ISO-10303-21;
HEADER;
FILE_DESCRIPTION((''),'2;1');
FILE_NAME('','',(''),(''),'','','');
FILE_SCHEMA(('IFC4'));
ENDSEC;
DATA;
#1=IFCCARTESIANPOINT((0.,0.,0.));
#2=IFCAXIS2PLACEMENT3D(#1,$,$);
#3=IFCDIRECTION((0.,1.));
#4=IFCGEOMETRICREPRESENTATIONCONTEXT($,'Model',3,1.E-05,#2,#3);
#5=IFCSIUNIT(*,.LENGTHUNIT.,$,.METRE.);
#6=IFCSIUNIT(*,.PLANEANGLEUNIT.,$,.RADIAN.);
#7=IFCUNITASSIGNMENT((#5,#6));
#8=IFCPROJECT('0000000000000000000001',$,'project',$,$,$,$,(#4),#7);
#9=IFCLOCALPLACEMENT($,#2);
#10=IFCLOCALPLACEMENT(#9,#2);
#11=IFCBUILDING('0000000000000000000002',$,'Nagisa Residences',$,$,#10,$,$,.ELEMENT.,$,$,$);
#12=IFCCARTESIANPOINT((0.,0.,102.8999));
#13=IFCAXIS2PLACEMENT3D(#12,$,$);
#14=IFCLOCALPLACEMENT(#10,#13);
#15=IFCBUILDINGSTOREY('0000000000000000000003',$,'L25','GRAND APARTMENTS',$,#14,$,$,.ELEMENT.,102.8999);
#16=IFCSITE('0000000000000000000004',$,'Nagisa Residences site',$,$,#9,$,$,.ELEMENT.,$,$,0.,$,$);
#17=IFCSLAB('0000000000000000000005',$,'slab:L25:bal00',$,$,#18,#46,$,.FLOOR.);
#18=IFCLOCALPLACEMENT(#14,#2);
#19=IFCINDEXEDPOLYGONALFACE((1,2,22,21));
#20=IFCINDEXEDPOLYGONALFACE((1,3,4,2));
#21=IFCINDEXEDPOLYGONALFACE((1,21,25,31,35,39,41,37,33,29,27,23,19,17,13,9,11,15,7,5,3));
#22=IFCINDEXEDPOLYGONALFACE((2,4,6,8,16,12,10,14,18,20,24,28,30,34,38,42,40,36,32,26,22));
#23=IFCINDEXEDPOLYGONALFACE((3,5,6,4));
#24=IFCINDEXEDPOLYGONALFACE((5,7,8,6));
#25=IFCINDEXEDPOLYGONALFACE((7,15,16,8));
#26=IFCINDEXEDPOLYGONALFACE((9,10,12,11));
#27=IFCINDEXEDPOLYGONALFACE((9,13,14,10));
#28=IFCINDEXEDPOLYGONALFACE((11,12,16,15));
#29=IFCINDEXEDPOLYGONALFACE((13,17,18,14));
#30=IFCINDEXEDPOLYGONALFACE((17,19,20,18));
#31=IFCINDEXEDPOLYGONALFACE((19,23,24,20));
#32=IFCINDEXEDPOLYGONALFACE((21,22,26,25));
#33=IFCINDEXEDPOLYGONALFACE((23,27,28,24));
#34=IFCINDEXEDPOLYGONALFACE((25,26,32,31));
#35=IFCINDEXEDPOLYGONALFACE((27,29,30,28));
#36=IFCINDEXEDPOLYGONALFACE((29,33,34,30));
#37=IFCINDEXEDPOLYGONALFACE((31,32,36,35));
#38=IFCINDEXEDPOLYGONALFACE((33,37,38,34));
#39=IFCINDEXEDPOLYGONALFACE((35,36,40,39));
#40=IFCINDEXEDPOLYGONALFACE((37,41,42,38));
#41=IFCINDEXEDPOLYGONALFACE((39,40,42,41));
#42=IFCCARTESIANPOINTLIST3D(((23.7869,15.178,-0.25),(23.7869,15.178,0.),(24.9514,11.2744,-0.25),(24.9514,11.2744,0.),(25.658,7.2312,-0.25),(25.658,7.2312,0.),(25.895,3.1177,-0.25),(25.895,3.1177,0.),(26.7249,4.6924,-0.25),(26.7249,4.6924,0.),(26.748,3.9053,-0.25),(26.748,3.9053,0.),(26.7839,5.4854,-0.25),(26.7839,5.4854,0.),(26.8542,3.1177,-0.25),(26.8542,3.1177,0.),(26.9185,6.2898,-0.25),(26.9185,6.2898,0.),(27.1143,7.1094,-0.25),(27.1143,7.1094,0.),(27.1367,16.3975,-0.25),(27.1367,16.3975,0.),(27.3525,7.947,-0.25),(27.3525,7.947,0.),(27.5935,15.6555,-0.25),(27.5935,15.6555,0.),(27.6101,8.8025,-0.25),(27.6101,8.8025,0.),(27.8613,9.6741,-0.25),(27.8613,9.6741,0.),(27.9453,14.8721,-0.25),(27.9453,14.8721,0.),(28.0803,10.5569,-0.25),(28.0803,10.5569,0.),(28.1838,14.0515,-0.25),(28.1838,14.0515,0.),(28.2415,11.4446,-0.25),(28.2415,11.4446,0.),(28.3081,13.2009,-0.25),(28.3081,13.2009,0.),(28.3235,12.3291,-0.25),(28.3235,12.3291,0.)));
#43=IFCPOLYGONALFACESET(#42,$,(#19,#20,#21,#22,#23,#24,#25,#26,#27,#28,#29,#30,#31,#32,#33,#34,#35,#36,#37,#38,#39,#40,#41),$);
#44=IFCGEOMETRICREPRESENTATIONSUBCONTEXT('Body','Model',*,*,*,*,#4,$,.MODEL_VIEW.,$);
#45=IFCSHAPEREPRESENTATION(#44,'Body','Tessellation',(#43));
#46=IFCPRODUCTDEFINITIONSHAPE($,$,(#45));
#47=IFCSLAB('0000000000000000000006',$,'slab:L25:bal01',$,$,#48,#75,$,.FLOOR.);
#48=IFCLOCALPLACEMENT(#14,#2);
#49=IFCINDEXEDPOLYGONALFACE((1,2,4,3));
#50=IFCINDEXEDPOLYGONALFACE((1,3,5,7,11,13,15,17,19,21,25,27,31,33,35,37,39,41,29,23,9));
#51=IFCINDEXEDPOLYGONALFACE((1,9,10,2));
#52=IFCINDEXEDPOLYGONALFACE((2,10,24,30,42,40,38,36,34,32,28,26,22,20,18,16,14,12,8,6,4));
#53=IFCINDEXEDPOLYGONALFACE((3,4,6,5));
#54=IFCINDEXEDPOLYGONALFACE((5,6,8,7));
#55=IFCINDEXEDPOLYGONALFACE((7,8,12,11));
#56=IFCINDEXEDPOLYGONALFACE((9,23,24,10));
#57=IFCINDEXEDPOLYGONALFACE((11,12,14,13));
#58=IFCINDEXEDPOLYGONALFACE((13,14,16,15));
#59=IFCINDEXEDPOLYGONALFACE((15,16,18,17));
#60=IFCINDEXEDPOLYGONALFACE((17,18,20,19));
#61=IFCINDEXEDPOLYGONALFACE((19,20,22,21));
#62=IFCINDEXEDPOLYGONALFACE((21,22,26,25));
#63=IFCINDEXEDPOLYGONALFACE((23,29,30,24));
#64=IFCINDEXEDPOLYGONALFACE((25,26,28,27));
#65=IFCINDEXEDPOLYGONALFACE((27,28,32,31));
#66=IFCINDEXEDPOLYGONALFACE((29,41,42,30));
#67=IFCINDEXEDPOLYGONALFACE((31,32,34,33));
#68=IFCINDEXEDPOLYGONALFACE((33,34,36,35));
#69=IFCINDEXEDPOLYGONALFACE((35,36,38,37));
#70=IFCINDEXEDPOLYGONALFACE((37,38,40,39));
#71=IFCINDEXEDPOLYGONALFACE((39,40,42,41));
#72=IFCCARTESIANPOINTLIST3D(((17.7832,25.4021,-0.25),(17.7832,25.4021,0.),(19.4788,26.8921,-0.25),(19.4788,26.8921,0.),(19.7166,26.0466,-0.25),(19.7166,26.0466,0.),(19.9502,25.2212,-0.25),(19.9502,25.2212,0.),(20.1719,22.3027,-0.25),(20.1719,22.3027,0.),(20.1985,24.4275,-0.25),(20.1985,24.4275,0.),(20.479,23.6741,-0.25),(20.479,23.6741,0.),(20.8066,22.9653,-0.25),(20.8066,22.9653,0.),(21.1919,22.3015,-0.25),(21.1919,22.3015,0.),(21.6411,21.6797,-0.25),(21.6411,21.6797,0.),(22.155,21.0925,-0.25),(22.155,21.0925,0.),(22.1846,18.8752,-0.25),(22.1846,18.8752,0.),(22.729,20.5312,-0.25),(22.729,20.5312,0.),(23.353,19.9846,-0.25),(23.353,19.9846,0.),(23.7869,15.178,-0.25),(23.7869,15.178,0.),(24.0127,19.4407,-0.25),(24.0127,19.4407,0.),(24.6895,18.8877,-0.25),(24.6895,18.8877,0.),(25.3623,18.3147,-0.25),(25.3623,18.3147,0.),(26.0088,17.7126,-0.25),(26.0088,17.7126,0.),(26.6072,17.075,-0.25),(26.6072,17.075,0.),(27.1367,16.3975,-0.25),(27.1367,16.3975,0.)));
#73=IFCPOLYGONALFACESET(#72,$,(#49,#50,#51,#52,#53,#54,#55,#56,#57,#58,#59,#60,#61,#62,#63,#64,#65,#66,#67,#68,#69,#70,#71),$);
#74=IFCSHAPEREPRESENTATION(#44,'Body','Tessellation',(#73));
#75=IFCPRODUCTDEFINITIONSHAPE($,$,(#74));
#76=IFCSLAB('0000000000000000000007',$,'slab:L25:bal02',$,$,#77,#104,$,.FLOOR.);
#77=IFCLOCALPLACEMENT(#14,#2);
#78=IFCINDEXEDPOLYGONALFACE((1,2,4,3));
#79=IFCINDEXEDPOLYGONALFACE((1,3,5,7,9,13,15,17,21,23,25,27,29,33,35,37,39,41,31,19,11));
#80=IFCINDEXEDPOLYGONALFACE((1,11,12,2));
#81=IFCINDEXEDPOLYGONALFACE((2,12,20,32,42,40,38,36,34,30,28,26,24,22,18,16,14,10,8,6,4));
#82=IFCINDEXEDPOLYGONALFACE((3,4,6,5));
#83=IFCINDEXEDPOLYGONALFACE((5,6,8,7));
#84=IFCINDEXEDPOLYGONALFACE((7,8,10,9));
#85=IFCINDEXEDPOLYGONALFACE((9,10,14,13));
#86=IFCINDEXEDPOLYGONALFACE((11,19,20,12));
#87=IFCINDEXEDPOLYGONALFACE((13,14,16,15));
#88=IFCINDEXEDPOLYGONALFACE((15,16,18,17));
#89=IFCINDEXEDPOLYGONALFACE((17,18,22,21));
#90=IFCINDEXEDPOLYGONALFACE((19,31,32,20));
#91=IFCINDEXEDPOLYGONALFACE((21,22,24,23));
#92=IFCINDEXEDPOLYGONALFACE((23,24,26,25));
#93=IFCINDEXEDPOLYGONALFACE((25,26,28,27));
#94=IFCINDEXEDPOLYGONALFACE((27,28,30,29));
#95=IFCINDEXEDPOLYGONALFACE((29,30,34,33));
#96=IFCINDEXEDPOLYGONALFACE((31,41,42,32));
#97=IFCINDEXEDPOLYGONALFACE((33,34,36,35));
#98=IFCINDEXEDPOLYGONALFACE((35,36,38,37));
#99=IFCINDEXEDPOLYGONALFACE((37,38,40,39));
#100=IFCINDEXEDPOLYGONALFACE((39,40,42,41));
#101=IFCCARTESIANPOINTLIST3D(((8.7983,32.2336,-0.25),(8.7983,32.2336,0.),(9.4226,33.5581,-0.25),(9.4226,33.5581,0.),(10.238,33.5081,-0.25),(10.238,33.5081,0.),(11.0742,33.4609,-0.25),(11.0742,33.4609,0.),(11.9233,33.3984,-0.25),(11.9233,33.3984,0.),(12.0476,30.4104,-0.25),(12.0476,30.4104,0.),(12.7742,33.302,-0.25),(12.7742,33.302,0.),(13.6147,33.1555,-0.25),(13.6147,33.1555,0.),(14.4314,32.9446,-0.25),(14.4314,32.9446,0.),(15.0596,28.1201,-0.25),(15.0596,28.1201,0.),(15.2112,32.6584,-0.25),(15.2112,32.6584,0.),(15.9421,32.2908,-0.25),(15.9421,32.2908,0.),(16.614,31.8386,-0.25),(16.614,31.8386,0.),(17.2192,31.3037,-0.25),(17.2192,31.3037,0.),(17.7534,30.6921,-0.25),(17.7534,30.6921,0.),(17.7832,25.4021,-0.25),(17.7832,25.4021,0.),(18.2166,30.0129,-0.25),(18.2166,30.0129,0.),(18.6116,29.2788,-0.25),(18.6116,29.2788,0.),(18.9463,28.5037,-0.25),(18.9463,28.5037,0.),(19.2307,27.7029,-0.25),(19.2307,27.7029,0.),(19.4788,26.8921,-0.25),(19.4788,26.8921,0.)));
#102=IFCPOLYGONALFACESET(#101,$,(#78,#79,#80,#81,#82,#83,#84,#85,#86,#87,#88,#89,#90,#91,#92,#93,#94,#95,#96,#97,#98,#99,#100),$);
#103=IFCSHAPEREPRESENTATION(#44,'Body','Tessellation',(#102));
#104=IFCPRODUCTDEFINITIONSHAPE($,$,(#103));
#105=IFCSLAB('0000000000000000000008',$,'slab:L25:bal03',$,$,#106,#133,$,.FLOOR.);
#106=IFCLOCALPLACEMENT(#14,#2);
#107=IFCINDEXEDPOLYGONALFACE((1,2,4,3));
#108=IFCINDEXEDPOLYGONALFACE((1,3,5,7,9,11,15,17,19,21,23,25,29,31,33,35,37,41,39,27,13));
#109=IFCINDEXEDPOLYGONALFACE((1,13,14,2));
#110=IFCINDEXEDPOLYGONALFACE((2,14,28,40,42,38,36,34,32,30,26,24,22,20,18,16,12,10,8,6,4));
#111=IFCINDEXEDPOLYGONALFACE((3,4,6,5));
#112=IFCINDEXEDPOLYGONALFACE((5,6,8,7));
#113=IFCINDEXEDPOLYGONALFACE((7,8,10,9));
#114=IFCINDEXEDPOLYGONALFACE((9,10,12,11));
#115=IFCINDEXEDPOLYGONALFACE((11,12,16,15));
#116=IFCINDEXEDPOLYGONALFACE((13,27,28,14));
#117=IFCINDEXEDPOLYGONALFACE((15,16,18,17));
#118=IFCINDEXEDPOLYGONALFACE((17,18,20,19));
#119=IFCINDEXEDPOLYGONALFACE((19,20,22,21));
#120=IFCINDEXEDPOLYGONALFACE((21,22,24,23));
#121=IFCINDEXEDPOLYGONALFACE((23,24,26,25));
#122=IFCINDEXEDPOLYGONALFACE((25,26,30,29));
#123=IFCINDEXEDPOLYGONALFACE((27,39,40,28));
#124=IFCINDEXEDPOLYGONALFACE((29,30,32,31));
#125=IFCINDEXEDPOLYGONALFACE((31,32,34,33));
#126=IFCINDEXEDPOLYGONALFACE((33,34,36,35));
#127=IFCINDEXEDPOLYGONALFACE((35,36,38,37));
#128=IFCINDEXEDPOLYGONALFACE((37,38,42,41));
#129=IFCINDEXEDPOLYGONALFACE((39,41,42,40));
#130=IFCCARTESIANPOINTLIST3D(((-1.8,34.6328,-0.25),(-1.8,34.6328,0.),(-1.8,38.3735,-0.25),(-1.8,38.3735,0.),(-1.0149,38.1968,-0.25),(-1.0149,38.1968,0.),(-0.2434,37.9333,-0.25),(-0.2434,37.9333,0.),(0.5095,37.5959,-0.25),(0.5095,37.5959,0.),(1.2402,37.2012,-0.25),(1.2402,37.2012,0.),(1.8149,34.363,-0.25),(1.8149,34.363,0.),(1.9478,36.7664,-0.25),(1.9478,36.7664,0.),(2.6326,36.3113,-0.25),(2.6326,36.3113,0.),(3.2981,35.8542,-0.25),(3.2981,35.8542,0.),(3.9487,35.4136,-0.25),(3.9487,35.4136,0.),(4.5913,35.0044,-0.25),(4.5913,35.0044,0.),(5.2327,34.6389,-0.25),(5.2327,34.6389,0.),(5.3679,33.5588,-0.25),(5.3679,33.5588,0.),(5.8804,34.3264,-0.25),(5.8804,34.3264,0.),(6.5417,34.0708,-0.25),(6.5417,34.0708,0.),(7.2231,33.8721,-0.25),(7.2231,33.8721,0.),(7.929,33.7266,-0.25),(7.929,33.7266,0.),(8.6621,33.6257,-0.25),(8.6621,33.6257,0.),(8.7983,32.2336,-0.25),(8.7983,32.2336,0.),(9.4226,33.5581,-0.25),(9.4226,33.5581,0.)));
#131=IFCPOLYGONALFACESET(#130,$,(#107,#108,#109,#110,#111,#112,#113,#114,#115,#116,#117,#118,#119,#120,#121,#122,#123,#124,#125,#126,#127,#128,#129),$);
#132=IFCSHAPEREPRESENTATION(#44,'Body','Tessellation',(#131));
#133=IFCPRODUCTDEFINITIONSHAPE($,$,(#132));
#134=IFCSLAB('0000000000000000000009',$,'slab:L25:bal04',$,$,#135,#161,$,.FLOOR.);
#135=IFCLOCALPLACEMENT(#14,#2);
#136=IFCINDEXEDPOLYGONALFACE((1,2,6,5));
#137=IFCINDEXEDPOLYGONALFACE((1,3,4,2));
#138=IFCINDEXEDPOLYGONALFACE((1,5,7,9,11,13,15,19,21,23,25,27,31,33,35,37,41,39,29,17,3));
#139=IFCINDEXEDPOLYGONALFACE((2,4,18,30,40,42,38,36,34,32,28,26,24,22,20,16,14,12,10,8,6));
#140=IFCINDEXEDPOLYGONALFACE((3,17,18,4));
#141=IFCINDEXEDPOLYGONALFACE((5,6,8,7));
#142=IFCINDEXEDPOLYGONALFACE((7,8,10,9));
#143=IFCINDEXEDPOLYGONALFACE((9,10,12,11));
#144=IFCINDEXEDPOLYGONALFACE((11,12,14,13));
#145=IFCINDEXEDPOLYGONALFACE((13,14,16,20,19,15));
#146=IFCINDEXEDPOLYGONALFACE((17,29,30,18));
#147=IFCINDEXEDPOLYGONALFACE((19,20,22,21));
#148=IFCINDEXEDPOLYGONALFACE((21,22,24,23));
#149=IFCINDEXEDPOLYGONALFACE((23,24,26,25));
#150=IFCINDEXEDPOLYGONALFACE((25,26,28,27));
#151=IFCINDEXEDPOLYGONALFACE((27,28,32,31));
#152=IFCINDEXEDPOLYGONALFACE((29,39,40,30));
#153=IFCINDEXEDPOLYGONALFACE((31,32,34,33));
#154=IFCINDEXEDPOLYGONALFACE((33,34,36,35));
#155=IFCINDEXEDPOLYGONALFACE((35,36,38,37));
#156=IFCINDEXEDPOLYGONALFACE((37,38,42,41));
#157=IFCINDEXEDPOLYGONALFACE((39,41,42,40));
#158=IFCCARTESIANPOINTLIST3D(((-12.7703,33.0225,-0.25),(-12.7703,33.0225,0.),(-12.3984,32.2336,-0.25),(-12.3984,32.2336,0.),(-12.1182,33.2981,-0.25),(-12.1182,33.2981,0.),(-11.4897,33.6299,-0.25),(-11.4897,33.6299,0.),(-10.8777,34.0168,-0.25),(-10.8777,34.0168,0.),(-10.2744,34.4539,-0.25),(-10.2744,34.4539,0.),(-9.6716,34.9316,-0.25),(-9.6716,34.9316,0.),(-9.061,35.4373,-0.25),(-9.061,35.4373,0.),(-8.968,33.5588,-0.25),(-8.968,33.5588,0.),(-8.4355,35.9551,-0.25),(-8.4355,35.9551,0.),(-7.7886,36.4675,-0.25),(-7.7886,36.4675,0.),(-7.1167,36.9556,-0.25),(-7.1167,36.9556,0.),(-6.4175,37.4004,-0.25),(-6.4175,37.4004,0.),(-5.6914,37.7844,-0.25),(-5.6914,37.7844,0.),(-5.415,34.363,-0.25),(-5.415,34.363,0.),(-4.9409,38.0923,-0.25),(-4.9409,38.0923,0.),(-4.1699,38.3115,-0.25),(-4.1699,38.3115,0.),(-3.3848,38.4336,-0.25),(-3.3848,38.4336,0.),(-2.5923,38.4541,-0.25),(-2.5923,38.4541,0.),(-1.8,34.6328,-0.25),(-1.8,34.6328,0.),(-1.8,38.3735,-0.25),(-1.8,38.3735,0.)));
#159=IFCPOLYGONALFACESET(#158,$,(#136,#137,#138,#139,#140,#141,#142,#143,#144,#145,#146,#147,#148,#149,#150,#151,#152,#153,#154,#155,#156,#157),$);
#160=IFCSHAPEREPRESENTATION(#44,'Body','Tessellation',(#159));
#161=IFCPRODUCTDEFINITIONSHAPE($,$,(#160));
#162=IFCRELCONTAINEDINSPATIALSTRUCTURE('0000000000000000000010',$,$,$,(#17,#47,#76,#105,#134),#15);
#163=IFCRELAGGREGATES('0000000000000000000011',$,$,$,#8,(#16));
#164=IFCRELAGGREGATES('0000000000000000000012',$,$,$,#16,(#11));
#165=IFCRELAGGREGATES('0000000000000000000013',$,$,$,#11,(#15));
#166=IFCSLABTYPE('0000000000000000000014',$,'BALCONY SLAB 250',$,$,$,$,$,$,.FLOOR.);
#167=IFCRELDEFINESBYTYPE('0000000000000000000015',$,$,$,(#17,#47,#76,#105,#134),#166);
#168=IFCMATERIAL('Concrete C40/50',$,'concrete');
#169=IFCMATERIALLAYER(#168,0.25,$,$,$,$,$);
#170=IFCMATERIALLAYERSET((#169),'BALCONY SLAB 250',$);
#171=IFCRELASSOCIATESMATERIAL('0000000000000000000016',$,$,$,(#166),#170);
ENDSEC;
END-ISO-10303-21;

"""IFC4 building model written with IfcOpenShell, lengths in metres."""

from ifc_helpers import new_model, si_unit, direction, frame, origin, place, context, subcontext, project, spatial, polyline, outline, extrude, material, layer, layer_set, type_object, element, save


model = new_model("IFC4")

# Units and contexts
model_context = context("Model", 3, precision=1e-05, world=origin(), true_north=direction((0.0, 1.0)))
body_context = subcontext(model_context, "Body", "Model", "MODEL_VIEW")
ifc_project = project(units=[si_unit("LENGTHUNIT", "METRE"), si_unit("PLANEANGLEUNIT", "RADIAN")], contexts=[model_context])

# Site, building, storey
site_placement = place(None, origin())
site = spatial("IfcSite", under=ifc_project, at=site_placement, Name="Nagisa Residences site", CompositionType="ELEMENT", RefElevation=0.0)
building_placement = place(site_placement, origin())
building = spatial("IfcBuilding", under=site, at=building_placement, Name="Nagisa Residences", CompositionType="ELEMENT")
storey_placement = place(building_placement, frame((0.0, 0.0, 102.8999)))
storey = spatial("IfcBuildingStorey", under=building, at=storey_placement, Name="L25", Description="GRAND APARTMENTS", CompositionType="ELEMENT", Elevation=102.8999)

# Slabs
ifc_material_1 = material(Name="Concrete C40/50", Category="concrete")
ifc_layer_1 = layer(ifc_material_1, 0.25)
ifc_layer_set_1 = layer_set([ifc_layer_1], Name="BALCONY SLAB 250")
slab_type_1 = type_object("IfcSlabType", Name="BALCONY SLAB 250", PredefinedType="FLOOR", material=ifc_layer_set_1)
slab_1_placement = place(storey_placement, frame((0.0, 0.0, -0.25)))
element("IfcSlab", 1, at=slab_1_placement, inside=storey, type_object=slab_type_1, Name="slab:L25:bal00", PredefinedType="FLOOR", context=body_context, shape_type="SweptSolid", body=[
    extrude(outline(polyline([(26.8542, 3.1177), (26.748, 3.9053), (26.7249, 4.6924), (26.7839, 5.4854), (26.9185, 6.2898), (27.1143, 7.1094), (27.3525, 7.947), (27.6101, 8.8025), (27.8613, 9.6741), (28.0803, 10.5569), (28.2415, 11.4446), (28.3235, 12.3291), (28.3081, 13.2009), (28.1838, 14.0515), (27.9453, 14.8721), (27.5935, 15.6555), (27.1367, 16.3975), (23.7869, 15.178), (24.9514, 11.2744), (25.658, 7.2312), (25.895, 3.1177), (26.8542, 3.1177)])), origin(), (0.0, 0.0, 1.0), 0.25),
])
slab_2_placement = place(storey_placement, frame((0.0, 0.0, -0.25)))
element("IfcSlab", 2, at=slab_2_placement, inside=storey, type_object=slab_type_1, Name="slab:L25:bal01", PredefinedType="FLOOR", context=body_context, shape_type="SweptSolid", body=[
    extrude(outline(polyline([(27.1367, 16.3975), (26.6072, 17.075), (26.0088, 17.7126), (25.3623, 18.3147), (24.6895, 18.8877), (24.0127, 19.4407), (23.353, 19.9846), (22.729, 20.5312), (22.155, 21.0925), (21.6411, 21.6797), (21.1919, 22.3015), (20.8066, 22.9653), (20.479, 23.6741), (20.1985, 24.4275), (19.9502, 25.2212), (19.7166, 26.0466), (19.4788, 26.8921), (17.7832, 25.4021), (20.1719, 22.3027), (22.1846, 18.8752), (23.7869, 15.178), (27.1367, 16.3975)])), origin(), (0.0, 0.0, 1.0), 0.25),
])
slab_3_placement = place(storey_placement, frame((0.0, 0.0, -0.25)))
element("IfcSlab", 3, at=slab_3_placement, inside=storey, type_object=slab_type_1, Name="slab:L25:bal02", PredefinedType="FLOOR", context=body_context, shape_type="SweptSolid", body=[
    extrude(outline(polyline([(19.4788, 26.8921), (19.2307, 27.7029), (18.9463, 28.5037), (18.6116, 29.2788), (18.2166, 30.0129), (17.7534, 30.6921), (17.2192, 31.3037), (16.614, 31.8386), (15.9421, 32.2908), (15.2112, 32.6584), (14.4314, 32.9446), (13.6147, 33.1555), (12.7742, 33.302), (11.9233, 33.3984), (11.0742, 33.4609), (10.238, 33.5081), (9.4226, 33.5581), (8.7983, 32.2336), (12.0476, 30.4104), (15.0596, 28.1201), (17.7832, 25.4021), (19.4788, 26.8921)])), origin(), (0.0, 0.0, 1.0), 0.25),
])
slab_4_placement = place(storey_placement, frame((0.0, 0.0, -0.25)))
element("IfcSlab", 4, at=slab_4_placement, inside=storey, type_object=slab_type_1, Name="slab:L25:bal03", PredefinedType="FLOOR", context=body_context, shape_type="SweptSolid", body=[
    extrude(outline(polyline([(9.4226, 33.5581), (8.6621, 33.6257), (7.929, 33.7266), (7.2231, 33.8721), (6.5417, 34.0708), (5.8804, 34.3264), (5.2327, 34.6389), (4.5913, 35.0044), (3.9487, 35.4136), (3.2981, 35.8542), (2.6326, 36.3113), (1.9478, 36.7664), (1.2402, 37.2012), (0.5095, 37.5959), (-0.2434, 37.9333), (-1.0149, 38.1968), (-1.8, 38.3735), (-1.8, 34.6328), (1.8149, 34.363), (5.3679, 33.5588), (8.7983, 32.2336), (9.4226, 33.5581)])), origin(), (0.0, 0.0, 1.0), 0.25),
])
slab_5_placement = place(storey_placement, frame((0.0, 0.0, -0.25)))
element("IfcSlab", 5, at=slab_5_placement, inside=storey, type_object=slab_type_1, Name="slab:L25:bal04", PredefinedType="FLOOR", context=body_context, shape_type="SweptSolid", body=[
    extrude(outline(polyline([(-1.8, 38.3735), (-2.5923, 38.4541), (-3.3848, 38.4336), (-4.1699, 38.3115), (-4.9409, 38.0923), (-5.6914, 37.7844), (-6.4175, 37.4004), (-7.1167, 36.9556), (-7.7886, 36.4675), (-8.4355, 35.9551), (-9.061, 35.4373), (-9.6716, 34.9316), (-10.2744, 34.4539), (-10.8777, 34.0168), (-11.4897, 33.6299), (-12.1182, 33.2981), (-12.7703, 33.0225), (-12.3984, 32.2336), (-8.968, 33.5588), (-5.415, 34.363), (-1.8, 34.6328), (-1.8, 38.3735)])), origin(), (0.0, 0.0, 1.0), 0.25),
])

save(model, "model.ifc")
